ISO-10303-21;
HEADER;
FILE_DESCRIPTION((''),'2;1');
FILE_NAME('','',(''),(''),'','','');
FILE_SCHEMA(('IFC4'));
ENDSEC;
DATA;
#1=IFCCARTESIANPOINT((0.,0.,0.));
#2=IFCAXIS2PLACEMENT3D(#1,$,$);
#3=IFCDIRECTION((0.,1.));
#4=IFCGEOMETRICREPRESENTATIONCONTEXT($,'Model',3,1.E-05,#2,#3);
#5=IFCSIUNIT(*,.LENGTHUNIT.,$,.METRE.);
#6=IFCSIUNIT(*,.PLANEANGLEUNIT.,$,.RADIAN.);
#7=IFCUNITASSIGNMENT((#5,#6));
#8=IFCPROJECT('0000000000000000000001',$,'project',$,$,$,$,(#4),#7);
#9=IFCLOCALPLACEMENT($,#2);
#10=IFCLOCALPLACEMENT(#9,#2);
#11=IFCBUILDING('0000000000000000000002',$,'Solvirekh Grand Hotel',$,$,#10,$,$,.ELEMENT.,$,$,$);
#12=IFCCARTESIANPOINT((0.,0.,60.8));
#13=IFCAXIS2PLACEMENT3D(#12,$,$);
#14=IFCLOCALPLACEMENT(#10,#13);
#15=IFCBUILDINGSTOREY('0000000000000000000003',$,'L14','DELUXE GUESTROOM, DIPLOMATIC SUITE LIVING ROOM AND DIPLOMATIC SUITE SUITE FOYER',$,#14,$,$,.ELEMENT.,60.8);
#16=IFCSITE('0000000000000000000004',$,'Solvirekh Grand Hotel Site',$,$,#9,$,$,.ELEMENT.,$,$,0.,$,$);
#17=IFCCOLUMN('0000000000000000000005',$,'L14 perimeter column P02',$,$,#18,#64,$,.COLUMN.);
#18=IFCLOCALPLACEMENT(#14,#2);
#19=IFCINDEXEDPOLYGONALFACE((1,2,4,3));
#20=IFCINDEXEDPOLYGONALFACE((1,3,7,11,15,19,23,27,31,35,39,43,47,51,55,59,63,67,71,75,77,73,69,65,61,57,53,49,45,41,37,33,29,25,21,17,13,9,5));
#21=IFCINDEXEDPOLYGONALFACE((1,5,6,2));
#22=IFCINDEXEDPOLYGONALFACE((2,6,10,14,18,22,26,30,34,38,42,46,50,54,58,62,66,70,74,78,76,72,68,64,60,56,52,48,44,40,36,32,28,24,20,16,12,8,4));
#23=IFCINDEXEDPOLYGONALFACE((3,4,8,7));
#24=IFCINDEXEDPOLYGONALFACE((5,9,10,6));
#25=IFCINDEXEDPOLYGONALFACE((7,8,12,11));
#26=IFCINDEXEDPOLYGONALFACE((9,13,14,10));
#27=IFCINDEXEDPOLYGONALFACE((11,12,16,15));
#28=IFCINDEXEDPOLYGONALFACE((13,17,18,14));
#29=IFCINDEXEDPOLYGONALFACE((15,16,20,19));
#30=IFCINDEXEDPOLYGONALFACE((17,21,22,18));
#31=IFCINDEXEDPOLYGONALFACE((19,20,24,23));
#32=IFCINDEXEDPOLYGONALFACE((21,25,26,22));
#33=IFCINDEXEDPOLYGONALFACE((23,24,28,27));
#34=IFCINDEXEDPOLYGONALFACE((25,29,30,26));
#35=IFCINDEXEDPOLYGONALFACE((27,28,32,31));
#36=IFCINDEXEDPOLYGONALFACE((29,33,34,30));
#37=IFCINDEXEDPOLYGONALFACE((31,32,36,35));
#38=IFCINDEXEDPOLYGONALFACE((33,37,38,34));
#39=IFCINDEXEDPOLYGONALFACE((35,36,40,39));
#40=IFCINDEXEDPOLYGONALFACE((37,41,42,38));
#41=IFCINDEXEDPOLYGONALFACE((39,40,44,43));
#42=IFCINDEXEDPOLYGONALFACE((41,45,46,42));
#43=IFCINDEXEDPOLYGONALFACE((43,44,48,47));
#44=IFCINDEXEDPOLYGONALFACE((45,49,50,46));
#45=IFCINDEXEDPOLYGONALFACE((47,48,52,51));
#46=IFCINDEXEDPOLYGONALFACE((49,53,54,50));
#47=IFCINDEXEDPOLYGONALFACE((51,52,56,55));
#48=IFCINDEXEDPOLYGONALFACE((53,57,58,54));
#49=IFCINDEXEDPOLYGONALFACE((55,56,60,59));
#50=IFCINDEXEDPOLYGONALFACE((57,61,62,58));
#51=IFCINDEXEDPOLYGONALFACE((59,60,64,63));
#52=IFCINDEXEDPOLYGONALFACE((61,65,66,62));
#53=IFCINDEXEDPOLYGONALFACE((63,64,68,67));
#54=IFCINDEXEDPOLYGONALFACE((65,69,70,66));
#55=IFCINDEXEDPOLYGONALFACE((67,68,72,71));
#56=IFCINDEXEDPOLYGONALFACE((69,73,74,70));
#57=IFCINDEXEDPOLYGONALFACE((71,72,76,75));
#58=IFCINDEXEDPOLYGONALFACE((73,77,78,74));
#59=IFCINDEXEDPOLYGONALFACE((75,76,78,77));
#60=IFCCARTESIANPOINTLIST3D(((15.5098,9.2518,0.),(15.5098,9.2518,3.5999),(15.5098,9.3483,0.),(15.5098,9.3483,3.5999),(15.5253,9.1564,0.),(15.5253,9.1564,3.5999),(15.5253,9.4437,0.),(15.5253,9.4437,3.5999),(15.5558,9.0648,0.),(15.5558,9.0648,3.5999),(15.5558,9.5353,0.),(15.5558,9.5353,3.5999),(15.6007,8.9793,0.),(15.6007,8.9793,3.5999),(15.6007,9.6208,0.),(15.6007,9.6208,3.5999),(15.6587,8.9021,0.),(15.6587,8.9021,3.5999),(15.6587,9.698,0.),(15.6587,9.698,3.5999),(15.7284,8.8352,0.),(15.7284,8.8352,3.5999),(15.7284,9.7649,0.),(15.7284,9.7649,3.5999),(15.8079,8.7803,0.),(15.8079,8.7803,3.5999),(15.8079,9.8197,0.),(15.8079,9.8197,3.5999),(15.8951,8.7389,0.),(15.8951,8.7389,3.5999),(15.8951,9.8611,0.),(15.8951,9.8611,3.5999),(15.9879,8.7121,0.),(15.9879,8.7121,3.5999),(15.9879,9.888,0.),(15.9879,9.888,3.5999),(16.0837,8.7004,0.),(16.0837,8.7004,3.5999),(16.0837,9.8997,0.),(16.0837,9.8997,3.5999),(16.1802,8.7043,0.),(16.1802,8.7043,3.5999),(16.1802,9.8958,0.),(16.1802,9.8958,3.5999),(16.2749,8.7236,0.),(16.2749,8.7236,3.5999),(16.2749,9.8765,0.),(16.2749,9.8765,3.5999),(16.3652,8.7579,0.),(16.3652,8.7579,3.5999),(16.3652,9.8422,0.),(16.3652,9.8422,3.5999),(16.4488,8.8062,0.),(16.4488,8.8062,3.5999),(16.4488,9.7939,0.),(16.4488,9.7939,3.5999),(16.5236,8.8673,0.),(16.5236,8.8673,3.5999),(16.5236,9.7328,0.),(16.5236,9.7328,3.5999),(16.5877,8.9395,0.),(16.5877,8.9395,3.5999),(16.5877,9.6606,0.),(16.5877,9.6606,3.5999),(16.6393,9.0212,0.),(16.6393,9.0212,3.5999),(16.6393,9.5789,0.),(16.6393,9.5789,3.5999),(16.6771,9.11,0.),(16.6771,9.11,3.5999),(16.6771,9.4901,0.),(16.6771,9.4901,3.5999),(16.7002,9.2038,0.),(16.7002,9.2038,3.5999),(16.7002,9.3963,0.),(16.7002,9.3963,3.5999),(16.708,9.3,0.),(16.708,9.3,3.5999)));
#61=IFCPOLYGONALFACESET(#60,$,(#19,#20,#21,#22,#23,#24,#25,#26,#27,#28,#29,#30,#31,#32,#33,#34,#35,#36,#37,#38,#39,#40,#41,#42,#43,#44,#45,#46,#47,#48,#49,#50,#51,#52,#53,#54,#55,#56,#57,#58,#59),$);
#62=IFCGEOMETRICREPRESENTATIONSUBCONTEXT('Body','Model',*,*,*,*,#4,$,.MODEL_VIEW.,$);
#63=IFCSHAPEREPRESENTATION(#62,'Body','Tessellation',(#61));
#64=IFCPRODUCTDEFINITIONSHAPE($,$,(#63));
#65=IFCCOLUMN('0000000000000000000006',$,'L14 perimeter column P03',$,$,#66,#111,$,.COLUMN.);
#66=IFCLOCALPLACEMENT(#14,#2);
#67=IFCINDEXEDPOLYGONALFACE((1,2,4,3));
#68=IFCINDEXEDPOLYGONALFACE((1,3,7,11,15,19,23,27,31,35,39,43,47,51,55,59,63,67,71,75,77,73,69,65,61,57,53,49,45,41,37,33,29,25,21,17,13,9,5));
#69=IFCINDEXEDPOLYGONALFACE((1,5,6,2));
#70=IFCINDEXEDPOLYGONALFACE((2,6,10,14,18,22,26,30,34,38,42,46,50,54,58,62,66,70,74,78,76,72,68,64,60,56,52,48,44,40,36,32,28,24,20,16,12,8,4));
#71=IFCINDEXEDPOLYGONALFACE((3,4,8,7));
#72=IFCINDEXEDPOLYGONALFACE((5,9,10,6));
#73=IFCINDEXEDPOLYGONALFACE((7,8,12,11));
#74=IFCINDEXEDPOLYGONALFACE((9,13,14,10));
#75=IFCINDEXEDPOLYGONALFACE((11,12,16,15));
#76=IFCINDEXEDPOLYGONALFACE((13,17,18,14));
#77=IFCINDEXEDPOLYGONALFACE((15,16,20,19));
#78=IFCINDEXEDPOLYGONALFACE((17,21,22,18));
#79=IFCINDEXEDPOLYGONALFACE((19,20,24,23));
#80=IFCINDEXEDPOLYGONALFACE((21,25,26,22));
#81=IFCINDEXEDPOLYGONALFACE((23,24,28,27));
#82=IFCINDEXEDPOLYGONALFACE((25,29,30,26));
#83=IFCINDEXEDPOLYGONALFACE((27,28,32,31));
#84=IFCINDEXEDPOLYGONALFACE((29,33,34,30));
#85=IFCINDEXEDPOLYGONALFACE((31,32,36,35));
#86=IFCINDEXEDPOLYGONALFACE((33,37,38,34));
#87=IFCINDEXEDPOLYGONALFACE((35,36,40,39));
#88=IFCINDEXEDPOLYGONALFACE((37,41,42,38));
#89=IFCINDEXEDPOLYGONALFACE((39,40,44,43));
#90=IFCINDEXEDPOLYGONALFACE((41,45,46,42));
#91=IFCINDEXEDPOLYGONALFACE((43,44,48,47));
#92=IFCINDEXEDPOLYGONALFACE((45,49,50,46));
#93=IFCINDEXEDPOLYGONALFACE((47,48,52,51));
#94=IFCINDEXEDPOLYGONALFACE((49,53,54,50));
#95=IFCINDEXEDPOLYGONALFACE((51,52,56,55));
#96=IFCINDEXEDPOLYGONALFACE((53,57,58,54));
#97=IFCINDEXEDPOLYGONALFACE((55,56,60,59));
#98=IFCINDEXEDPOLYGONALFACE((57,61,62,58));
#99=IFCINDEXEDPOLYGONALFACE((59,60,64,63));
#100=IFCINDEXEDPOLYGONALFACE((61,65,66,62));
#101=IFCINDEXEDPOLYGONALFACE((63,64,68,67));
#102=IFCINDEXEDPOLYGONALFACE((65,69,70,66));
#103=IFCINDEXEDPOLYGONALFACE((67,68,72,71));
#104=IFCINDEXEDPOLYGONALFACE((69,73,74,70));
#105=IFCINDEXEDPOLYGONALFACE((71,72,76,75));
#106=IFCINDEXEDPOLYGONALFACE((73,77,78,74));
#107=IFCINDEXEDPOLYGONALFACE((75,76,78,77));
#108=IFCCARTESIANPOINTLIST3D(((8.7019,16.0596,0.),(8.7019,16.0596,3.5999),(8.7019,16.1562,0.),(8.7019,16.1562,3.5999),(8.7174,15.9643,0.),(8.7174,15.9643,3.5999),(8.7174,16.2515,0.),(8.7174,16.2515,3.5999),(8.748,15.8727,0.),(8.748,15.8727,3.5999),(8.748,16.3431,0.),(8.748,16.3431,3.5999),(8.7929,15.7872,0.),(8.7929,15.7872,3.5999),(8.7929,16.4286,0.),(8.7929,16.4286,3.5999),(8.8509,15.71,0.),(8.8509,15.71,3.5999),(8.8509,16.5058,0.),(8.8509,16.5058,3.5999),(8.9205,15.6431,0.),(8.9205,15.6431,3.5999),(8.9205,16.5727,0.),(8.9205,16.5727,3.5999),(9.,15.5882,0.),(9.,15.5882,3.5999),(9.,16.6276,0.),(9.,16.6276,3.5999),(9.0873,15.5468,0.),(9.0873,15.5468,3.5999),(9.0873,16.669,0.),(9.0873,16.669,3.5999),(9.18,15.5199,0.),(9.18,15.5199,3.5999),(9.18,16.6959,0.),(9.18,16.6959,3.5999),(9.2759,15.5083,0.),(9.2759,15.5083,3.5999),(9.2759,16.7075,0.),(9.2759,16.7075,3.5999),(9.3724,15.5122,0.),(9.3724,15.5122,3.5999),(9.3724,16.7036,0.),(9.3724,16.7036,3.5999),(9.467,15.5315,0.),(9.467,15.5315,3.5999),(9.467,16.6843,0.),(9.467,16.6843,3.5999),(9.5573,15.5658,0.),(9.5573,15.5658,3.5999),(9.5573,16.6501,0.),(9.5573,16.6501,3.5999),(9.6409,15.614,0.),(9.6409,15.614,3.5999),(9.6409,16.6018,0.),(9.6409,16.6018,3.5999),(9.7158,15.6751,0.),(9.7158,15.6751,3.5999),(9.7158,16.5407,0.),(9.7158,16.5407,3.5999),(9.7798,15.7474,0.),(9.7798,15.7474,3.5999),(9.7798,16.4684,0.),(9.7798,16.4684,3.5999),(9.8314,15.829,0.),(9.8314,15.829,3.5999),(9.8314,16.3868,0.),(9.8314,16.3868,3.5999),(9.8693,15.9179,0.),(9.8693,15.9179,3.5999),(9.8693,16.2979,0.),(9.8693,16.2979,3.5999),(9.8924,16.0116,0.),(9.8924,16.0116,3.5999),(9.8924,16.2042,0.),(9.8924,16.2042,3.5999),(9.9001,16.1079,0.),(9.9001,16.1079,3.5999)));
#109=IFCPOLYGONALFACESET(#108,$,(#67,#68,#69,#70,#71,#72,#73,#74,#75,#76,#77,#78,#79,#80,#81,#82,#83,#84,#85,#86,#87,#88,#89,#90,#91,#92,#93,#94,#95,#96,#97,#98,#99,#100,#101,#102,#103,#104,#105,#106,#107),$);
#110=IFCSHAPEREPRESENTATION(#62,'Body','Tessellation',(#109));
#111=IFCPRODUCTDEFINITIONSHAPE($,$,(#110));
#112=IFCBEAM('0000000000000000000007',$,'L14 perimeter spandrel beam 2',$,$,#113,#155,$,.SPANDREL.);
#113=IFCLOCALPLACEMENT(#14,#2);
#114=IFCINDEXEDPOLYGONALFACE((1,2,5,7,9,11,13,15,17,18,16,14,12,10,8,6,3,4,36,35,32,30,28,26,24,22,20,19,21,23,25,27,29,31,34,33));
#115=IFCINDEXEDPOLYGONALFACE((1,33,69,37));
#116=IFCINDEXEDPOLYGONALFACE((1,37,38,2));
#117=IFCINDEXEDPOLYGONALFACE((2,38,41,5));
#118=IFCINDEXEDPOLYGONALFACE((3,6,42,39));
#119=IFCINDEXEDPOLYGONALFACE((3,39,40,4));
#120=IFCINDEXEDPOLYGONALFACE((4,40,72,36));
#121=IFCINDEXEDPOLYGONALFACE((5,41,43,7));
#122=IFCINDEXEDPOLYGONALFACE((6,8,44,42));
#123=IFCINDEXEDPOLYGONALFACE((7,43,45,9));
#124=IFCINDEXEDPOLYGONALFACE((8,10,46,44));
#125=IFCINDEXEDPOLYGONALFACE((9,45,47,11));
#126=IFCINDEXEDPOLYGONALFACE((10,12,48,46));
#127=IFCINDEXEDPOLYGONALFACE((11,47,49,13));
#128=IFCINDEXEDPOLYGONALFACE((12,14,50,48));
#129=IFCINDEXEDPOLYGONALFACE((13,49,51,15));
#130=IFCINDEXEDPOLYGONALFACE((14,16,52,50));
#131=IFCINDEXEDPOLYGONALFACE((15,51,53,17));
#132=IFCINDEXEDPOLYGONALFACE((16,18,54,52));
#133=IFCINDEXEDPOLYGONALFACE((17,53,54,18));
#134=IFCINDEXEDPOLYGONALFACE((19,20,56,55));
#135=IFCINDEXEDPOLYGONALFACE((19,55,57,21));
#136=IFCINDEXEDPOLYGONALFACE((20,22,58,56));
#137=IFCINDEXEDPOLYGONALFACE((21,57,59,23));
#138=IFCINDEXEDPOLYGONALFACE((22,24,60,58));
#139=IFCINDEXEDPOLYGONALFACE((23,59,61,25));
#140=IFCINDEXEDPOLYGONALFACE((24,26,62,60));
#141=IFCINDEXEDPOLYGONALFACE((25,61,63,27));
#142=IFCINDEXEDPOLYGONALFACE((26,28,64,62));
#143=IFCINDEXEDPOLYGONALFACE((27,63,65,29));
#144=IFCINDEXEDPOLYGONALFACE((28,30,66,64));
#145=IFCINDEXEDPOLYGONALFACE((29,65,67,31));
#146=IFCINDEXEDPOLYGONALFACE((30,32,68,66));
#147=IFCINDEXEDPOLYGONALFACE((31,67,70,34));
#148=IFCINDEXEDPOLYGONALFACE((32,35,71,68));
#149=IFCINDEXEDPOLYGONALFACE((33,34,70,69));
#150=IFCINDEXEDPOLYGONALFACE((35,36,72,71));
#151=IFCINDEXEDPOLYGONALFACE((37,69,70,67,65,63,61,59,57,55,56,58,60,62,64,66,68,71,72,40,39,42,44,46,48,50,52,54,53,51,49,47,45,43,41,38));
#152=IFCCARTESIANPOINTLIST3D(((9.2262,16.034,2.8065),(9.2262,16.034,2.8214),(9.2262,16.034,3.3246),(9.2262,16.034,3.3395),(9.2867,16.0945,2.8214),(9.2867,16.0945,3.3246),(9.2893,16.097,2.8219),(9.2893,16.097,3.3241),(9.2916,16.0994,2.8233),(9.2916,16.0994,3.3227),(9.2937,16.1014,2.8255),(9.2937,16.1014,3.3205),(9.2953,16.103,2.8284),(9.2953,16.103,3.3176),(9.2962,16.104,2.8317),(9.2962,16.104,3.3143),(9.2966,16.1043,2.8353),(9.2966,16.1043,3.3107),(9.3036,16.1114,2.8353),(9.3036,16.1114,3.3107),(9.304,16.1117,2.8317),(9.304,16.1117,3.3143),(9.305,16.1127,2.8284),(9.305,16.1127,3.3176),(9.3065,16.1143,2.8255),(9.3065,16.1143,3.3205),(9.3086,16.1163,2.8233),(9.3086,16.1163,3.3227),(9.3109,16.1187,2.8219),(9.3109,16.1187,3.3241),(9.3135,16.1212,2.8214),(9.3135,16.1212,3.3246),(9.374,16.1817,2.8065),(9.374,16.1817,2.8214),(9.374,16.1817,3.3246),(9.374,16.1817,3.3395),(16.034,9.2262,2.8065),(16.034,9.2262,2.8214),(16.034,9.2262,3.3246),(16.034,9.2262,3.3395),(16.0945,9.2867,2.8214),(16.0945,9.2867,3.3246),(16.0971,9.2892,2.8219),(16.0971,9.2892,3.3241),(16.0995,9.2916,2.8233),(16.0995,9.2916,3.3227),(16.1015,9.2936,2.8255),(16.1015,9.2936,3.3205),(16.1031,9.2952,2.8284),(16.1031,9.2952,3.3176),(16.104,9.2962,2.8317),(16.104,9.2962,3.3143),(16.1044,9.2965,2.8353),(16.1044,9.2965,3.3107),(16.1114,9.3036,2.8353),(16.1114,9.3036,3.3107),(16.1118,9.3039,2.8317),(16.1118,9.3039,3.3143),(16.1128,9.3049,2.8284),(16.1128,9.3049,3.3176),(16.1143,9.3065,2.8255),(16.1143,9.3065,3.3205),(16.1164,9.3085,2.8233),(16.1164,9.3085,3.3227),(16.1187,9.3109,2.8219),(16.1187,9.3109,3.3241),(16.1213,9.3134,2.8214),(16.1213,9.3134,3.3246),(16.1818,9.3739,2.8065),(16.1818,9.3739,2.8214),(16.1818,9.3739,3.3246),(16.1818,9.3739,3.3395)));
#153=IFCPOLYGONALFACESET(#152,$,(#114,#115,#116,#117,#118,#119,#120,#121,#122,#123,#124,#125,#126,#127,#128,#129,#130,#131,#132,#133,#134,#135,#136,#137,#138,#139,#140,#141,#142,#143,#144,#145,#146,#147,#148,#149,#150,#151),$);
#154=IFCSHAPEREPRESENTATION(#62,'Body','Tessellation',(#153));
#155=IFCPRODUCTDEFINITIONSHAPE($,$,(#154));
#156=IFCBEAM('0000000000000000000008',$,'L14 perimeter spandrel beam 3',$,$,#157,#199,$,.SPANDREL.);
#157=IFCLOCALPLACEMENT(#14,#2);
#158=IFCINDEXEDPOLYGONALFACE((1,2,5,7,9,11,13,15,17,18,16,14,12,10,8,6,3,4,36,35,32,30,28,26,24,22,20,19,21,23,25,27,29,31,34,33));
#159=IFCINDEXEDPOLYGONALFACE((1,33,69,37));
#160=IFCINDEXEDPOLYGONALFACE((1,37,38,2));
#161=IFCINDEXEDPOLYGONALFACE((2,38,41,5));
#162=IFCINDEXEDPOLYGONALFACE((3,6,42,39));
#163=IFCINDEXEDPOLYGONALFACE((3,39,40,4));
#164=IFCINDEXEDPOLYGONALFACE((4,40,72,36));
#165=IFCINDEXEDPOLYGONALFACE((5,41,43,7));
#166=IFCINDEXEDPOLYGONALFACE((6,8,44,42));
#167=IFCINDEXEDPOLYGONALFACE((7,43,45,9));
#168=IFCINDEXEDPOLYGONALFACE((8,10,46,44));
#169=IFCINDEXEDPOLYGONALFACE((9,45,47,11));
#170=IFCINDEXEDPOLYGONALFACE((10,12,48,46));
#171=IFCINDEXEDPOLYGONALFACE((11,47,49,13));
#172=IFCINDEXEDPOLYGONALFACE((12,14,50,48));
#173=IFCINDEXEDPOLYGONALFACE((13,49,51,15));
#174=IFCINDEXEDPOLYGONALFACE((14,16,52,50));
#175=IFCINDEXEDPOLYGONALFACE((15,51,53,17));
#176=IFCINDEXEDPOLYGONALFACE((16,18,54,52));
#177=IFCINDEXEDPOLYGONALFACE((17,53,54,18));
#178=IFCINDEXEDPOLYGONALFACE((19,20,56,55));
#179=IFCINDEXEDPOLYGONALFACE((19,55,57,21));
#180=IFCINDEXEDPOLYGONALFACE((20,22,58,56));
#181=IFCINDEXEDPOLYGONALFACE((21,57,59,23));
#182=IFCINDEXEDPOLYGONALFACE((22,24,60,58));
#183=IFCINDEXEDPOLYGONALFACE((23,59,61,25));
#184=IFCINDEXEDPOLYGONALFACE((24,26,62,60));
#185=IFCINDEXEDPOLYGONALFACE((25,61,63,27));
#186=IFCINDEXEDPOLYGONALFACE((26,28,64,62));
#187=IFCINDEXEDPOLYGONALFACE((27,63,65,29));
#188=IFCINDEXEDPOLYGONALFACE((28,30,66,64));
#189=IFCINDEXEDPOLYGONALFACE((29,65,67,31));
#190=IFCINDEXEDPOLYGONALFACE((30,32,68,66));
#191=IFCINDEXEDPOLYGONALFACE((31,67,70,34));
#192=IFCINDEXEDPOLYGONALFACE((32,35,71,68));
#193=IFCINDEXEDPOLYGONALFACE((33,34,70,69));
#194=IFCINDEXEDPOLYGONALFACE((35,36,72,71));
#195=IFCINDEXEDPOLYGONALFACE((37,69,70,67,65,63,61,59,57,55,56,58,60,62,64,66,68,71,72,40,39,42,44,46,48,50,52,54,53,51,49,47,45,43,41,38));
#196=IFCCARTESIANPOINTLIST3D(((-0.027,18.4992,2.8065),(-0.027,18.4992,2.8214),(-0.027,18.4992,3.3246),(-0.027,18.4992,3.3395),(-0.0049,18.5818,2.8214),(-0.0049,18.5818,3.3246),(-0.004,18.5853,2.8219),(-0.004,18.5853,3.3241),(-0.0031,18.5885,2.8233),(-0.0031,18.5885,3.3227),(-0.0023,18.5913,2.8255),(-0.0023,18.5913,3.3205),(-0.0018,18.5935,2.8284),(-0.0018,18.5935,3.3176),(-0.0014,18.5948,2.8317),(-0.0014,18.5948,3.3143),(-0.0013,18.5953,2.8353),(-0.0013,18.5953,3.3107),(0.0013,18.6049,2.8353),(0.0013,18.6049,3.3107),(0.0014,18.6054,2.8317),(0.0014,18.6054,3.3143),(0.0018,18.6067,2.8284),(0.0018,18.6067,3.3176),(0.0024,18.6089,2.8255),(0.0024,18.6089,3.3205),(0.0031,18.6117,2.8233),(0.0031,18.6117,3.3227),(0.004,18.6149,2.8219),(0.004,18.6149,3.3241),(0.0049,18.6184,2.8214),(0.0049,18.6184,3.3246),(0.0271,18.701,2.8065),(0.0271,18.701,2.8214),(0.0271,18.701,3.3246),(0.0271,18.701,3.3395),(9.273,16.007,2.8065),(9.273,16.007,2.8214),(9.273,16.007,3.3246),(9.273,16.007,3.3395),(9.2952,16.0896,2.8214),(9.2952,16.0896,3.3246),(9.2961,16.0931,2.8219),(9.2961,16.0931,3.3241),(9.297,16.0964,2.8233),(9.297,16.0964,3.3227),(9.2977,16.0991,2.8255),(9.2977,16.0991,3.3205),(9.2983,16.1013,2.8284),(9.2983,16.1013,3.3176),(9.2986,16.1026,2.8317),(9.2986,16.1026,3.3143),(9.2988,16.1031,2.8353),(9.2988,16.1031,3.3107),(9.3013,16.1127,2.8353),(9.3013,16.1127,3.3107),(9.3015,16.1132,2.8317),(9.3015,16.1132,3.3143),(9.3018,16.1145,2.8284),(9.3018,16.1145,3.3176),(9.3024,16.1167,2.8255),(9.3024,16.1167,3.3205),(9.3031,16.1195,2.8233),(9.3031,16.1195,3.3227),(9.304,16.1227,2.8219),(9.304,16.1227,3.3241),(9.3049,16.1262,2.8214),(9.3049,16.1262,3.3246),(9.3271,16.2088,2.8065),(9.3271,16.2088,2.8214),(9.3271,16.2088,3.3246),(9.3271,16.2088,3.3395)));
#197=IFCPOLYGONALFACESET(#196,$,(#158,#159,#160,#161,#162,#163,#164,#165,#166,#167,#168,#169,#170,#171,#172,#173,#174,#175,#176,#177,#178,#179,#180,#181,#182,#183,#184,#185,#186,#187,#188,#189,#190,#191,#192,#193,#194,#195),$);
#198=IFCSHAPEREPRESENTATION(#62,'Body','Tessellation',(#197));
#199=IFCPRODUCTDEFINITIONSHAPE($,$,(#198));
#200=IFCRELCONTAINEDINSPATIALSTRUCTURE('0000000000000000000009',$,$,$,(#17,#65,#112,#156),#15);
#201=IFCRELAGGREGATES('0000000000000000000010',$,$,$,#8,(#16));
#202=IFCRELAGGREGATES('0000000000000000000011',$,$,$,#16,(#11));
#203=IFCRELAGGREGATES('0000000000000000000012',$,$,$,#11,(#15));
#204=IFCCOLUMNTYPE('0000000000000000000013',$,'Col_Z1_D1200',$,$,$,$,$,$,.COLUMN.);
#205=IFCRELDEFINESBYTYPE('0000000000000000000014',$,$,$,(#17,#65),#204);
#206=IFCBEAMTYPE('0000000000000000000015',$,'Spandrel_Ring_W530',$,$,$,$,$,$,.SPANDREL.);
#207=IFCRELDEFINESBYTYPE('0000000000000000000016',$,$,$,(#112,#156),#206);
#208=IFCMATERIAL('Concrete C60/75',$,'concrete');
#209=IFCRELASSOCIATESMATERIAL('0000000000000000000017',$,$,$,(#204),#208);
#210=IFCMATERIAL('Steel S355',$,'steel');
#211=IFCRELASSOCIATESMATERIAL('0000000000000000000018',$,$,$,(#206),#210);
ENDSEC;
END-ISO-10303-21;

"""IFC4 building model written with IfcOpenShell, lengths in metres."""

from ifc_helpers import new_model, si_unit, direction, frame, origin, origin_2d, place, context, subcontext, project, spatial, circle, i_section, extrude, material, material_profile, profile_set, type_object, element, save


model = new_model("IFC4")

# Units and contexts
model_context = context("Model", 3, precision=1e-05, world=origin(), true_north=direction((0.0, 1.0)))
body_context = subcontext(model_context, "Body", "Model", "MODEL_VIEW")
ifc_project = project(units=[si_unit("LENGTHUNIT", "METRE"), si_unit("PLANEANGLEUNIT", "RADIAN")], contexts=[model_context])

# Site, building, storey
site_placement = place(None, origin())
site = spatial("IfcSite", under=ifc_project, at=site_placement, Name="Solvirekh Grand Hotel Site", CompositionType="ELEMENT", RefElevation=0.0)
building_placement = place(site_placement, origin())
building = spatial("IfcBuilding", under=site, at=building_placement, Name="Solvirekh Grand Hotel", CompositionType="ELEMENT")
storey_placement = place(building_placement, frame((0.0, 0.0, 60.8)))
storey = spatial("IfcBuildingStorey", under=building, at=storey_placement, Name="L14", Description="DELUXE GUESTROOM, DIPLOMATIC SUITE LIVING ROOM AND DIPLOMATIC SUITE SUITE FOYER", CompositionType="ELEMENT", Elevation=60.8)

# Columns
ifc_material_1 = material(Name="Concrete C60/75", Category="concrete")
ifc_material_profile_1 = material_profile(ifc_material_1, circle(Radius=0.6001, at=origin_2d()), Name="RC CIRC D1200")
ifc_profile_set_1 = profile_set([ifc_material_profile_1], Name="Concrete C60/75")
column_type = type_object("IfcColumnType", Name="Col_Z1_D1200", PredefinedType="COLUMN", material=ifc_profile_set_1)
for number, where, z_axis, x_axis, name in (
    (1, (16.1079, 9.3, 0.0), (0.0, 0.0, 1.0), (1.0, 0.0, 0.0), "L14 perimeter column P02"),
    (2, (9.3, 16.1079, 0.0), (0.0, 0.0, 1.0), (1.0, 0.0, 0.0), "L14 perimeter column P03"),
):
    element("IfcColumn", number, at=place(storey_placement, frame(where, z_axis=z_axis, x_axis=x_axis)), inside=storey, type_object=column_type, Name=name, PredefinedType="COLUMN", context=body_context, shape_type="SweptSolid", body=[
        extrude(circle(Radius=0.6001, at=origin_2d()), origin(), (0.0, 0.0, 1.0), 3.5999),
    ])

# Beams
ifc_material_2 = material(Name="Steel S355", Category="steel")
ifc_material_profile_2 = material_profile(ifc_material_2, i_section(OverallWidth=0.209, OverallDepth=0.533, WebThickness=0.01, FlangeThickness=0.0149, FilletRadius=0.0139, at=origin_2d()), Name="W530X92")
ifc_profile_set_2 = profile_set([ifc_material_profile_2], Name="Steel S355")
beam_type = type_object("IfcBeamType", Name="Spandrel_Ring_W530", PredefinedType="SPANDREL", material=ifc_profile_set_2)
beam_1_placement = place(storey_placement, frame((16.1079, 9.3, 3.073), z_axis=(-0.707107, 0.707107, 0.0), x_axis=(-0.707107, -0.707107, 0.0)))
element("IfcBeam", 3, at=beam_1_placement, inside=storey, type_object=beam_type, Name="L14 perimeter spandrel beam 2", PredefinedType="SPANDREL", context=body_context, shape_type="SweptSolid", body=[
    extrude(i_section(OverallWidth=0.209, OverallDepth=0.533, WebThickness=0.01, FlangeThickness=0.0149, FilletRadius=0.0139, at=origin_2d()), origin(), (0.0, 0.0, 1.0), 9.6277),
])
beam_2_placement = place(storey_placement, frame((9.3, 16.1079, 3.073), z_axis=(-0.965919, 0.258843, 0.0), x_axis=(-0.258843, -0.965919, 0.0)))
element("IfcBeam", 4, at=beam_2_placement, inside=storey, type_object=beam_type, Name="L14 perimeter spandrel beam 3", PredefinedType="SPANDREL", context=body_context, shape_type="SweptSolid", body=[
    extrude(i_section(OverallWidth=0.209, OverallDepth=0.533, WebThickness=0.01, FlangeThickness=0.0149, FilletRadius=0.0139, at=origin_2d()), origin(), (0.0, 0.0, 1.0), 9.6282),
])

save(model, "model.ifc")
